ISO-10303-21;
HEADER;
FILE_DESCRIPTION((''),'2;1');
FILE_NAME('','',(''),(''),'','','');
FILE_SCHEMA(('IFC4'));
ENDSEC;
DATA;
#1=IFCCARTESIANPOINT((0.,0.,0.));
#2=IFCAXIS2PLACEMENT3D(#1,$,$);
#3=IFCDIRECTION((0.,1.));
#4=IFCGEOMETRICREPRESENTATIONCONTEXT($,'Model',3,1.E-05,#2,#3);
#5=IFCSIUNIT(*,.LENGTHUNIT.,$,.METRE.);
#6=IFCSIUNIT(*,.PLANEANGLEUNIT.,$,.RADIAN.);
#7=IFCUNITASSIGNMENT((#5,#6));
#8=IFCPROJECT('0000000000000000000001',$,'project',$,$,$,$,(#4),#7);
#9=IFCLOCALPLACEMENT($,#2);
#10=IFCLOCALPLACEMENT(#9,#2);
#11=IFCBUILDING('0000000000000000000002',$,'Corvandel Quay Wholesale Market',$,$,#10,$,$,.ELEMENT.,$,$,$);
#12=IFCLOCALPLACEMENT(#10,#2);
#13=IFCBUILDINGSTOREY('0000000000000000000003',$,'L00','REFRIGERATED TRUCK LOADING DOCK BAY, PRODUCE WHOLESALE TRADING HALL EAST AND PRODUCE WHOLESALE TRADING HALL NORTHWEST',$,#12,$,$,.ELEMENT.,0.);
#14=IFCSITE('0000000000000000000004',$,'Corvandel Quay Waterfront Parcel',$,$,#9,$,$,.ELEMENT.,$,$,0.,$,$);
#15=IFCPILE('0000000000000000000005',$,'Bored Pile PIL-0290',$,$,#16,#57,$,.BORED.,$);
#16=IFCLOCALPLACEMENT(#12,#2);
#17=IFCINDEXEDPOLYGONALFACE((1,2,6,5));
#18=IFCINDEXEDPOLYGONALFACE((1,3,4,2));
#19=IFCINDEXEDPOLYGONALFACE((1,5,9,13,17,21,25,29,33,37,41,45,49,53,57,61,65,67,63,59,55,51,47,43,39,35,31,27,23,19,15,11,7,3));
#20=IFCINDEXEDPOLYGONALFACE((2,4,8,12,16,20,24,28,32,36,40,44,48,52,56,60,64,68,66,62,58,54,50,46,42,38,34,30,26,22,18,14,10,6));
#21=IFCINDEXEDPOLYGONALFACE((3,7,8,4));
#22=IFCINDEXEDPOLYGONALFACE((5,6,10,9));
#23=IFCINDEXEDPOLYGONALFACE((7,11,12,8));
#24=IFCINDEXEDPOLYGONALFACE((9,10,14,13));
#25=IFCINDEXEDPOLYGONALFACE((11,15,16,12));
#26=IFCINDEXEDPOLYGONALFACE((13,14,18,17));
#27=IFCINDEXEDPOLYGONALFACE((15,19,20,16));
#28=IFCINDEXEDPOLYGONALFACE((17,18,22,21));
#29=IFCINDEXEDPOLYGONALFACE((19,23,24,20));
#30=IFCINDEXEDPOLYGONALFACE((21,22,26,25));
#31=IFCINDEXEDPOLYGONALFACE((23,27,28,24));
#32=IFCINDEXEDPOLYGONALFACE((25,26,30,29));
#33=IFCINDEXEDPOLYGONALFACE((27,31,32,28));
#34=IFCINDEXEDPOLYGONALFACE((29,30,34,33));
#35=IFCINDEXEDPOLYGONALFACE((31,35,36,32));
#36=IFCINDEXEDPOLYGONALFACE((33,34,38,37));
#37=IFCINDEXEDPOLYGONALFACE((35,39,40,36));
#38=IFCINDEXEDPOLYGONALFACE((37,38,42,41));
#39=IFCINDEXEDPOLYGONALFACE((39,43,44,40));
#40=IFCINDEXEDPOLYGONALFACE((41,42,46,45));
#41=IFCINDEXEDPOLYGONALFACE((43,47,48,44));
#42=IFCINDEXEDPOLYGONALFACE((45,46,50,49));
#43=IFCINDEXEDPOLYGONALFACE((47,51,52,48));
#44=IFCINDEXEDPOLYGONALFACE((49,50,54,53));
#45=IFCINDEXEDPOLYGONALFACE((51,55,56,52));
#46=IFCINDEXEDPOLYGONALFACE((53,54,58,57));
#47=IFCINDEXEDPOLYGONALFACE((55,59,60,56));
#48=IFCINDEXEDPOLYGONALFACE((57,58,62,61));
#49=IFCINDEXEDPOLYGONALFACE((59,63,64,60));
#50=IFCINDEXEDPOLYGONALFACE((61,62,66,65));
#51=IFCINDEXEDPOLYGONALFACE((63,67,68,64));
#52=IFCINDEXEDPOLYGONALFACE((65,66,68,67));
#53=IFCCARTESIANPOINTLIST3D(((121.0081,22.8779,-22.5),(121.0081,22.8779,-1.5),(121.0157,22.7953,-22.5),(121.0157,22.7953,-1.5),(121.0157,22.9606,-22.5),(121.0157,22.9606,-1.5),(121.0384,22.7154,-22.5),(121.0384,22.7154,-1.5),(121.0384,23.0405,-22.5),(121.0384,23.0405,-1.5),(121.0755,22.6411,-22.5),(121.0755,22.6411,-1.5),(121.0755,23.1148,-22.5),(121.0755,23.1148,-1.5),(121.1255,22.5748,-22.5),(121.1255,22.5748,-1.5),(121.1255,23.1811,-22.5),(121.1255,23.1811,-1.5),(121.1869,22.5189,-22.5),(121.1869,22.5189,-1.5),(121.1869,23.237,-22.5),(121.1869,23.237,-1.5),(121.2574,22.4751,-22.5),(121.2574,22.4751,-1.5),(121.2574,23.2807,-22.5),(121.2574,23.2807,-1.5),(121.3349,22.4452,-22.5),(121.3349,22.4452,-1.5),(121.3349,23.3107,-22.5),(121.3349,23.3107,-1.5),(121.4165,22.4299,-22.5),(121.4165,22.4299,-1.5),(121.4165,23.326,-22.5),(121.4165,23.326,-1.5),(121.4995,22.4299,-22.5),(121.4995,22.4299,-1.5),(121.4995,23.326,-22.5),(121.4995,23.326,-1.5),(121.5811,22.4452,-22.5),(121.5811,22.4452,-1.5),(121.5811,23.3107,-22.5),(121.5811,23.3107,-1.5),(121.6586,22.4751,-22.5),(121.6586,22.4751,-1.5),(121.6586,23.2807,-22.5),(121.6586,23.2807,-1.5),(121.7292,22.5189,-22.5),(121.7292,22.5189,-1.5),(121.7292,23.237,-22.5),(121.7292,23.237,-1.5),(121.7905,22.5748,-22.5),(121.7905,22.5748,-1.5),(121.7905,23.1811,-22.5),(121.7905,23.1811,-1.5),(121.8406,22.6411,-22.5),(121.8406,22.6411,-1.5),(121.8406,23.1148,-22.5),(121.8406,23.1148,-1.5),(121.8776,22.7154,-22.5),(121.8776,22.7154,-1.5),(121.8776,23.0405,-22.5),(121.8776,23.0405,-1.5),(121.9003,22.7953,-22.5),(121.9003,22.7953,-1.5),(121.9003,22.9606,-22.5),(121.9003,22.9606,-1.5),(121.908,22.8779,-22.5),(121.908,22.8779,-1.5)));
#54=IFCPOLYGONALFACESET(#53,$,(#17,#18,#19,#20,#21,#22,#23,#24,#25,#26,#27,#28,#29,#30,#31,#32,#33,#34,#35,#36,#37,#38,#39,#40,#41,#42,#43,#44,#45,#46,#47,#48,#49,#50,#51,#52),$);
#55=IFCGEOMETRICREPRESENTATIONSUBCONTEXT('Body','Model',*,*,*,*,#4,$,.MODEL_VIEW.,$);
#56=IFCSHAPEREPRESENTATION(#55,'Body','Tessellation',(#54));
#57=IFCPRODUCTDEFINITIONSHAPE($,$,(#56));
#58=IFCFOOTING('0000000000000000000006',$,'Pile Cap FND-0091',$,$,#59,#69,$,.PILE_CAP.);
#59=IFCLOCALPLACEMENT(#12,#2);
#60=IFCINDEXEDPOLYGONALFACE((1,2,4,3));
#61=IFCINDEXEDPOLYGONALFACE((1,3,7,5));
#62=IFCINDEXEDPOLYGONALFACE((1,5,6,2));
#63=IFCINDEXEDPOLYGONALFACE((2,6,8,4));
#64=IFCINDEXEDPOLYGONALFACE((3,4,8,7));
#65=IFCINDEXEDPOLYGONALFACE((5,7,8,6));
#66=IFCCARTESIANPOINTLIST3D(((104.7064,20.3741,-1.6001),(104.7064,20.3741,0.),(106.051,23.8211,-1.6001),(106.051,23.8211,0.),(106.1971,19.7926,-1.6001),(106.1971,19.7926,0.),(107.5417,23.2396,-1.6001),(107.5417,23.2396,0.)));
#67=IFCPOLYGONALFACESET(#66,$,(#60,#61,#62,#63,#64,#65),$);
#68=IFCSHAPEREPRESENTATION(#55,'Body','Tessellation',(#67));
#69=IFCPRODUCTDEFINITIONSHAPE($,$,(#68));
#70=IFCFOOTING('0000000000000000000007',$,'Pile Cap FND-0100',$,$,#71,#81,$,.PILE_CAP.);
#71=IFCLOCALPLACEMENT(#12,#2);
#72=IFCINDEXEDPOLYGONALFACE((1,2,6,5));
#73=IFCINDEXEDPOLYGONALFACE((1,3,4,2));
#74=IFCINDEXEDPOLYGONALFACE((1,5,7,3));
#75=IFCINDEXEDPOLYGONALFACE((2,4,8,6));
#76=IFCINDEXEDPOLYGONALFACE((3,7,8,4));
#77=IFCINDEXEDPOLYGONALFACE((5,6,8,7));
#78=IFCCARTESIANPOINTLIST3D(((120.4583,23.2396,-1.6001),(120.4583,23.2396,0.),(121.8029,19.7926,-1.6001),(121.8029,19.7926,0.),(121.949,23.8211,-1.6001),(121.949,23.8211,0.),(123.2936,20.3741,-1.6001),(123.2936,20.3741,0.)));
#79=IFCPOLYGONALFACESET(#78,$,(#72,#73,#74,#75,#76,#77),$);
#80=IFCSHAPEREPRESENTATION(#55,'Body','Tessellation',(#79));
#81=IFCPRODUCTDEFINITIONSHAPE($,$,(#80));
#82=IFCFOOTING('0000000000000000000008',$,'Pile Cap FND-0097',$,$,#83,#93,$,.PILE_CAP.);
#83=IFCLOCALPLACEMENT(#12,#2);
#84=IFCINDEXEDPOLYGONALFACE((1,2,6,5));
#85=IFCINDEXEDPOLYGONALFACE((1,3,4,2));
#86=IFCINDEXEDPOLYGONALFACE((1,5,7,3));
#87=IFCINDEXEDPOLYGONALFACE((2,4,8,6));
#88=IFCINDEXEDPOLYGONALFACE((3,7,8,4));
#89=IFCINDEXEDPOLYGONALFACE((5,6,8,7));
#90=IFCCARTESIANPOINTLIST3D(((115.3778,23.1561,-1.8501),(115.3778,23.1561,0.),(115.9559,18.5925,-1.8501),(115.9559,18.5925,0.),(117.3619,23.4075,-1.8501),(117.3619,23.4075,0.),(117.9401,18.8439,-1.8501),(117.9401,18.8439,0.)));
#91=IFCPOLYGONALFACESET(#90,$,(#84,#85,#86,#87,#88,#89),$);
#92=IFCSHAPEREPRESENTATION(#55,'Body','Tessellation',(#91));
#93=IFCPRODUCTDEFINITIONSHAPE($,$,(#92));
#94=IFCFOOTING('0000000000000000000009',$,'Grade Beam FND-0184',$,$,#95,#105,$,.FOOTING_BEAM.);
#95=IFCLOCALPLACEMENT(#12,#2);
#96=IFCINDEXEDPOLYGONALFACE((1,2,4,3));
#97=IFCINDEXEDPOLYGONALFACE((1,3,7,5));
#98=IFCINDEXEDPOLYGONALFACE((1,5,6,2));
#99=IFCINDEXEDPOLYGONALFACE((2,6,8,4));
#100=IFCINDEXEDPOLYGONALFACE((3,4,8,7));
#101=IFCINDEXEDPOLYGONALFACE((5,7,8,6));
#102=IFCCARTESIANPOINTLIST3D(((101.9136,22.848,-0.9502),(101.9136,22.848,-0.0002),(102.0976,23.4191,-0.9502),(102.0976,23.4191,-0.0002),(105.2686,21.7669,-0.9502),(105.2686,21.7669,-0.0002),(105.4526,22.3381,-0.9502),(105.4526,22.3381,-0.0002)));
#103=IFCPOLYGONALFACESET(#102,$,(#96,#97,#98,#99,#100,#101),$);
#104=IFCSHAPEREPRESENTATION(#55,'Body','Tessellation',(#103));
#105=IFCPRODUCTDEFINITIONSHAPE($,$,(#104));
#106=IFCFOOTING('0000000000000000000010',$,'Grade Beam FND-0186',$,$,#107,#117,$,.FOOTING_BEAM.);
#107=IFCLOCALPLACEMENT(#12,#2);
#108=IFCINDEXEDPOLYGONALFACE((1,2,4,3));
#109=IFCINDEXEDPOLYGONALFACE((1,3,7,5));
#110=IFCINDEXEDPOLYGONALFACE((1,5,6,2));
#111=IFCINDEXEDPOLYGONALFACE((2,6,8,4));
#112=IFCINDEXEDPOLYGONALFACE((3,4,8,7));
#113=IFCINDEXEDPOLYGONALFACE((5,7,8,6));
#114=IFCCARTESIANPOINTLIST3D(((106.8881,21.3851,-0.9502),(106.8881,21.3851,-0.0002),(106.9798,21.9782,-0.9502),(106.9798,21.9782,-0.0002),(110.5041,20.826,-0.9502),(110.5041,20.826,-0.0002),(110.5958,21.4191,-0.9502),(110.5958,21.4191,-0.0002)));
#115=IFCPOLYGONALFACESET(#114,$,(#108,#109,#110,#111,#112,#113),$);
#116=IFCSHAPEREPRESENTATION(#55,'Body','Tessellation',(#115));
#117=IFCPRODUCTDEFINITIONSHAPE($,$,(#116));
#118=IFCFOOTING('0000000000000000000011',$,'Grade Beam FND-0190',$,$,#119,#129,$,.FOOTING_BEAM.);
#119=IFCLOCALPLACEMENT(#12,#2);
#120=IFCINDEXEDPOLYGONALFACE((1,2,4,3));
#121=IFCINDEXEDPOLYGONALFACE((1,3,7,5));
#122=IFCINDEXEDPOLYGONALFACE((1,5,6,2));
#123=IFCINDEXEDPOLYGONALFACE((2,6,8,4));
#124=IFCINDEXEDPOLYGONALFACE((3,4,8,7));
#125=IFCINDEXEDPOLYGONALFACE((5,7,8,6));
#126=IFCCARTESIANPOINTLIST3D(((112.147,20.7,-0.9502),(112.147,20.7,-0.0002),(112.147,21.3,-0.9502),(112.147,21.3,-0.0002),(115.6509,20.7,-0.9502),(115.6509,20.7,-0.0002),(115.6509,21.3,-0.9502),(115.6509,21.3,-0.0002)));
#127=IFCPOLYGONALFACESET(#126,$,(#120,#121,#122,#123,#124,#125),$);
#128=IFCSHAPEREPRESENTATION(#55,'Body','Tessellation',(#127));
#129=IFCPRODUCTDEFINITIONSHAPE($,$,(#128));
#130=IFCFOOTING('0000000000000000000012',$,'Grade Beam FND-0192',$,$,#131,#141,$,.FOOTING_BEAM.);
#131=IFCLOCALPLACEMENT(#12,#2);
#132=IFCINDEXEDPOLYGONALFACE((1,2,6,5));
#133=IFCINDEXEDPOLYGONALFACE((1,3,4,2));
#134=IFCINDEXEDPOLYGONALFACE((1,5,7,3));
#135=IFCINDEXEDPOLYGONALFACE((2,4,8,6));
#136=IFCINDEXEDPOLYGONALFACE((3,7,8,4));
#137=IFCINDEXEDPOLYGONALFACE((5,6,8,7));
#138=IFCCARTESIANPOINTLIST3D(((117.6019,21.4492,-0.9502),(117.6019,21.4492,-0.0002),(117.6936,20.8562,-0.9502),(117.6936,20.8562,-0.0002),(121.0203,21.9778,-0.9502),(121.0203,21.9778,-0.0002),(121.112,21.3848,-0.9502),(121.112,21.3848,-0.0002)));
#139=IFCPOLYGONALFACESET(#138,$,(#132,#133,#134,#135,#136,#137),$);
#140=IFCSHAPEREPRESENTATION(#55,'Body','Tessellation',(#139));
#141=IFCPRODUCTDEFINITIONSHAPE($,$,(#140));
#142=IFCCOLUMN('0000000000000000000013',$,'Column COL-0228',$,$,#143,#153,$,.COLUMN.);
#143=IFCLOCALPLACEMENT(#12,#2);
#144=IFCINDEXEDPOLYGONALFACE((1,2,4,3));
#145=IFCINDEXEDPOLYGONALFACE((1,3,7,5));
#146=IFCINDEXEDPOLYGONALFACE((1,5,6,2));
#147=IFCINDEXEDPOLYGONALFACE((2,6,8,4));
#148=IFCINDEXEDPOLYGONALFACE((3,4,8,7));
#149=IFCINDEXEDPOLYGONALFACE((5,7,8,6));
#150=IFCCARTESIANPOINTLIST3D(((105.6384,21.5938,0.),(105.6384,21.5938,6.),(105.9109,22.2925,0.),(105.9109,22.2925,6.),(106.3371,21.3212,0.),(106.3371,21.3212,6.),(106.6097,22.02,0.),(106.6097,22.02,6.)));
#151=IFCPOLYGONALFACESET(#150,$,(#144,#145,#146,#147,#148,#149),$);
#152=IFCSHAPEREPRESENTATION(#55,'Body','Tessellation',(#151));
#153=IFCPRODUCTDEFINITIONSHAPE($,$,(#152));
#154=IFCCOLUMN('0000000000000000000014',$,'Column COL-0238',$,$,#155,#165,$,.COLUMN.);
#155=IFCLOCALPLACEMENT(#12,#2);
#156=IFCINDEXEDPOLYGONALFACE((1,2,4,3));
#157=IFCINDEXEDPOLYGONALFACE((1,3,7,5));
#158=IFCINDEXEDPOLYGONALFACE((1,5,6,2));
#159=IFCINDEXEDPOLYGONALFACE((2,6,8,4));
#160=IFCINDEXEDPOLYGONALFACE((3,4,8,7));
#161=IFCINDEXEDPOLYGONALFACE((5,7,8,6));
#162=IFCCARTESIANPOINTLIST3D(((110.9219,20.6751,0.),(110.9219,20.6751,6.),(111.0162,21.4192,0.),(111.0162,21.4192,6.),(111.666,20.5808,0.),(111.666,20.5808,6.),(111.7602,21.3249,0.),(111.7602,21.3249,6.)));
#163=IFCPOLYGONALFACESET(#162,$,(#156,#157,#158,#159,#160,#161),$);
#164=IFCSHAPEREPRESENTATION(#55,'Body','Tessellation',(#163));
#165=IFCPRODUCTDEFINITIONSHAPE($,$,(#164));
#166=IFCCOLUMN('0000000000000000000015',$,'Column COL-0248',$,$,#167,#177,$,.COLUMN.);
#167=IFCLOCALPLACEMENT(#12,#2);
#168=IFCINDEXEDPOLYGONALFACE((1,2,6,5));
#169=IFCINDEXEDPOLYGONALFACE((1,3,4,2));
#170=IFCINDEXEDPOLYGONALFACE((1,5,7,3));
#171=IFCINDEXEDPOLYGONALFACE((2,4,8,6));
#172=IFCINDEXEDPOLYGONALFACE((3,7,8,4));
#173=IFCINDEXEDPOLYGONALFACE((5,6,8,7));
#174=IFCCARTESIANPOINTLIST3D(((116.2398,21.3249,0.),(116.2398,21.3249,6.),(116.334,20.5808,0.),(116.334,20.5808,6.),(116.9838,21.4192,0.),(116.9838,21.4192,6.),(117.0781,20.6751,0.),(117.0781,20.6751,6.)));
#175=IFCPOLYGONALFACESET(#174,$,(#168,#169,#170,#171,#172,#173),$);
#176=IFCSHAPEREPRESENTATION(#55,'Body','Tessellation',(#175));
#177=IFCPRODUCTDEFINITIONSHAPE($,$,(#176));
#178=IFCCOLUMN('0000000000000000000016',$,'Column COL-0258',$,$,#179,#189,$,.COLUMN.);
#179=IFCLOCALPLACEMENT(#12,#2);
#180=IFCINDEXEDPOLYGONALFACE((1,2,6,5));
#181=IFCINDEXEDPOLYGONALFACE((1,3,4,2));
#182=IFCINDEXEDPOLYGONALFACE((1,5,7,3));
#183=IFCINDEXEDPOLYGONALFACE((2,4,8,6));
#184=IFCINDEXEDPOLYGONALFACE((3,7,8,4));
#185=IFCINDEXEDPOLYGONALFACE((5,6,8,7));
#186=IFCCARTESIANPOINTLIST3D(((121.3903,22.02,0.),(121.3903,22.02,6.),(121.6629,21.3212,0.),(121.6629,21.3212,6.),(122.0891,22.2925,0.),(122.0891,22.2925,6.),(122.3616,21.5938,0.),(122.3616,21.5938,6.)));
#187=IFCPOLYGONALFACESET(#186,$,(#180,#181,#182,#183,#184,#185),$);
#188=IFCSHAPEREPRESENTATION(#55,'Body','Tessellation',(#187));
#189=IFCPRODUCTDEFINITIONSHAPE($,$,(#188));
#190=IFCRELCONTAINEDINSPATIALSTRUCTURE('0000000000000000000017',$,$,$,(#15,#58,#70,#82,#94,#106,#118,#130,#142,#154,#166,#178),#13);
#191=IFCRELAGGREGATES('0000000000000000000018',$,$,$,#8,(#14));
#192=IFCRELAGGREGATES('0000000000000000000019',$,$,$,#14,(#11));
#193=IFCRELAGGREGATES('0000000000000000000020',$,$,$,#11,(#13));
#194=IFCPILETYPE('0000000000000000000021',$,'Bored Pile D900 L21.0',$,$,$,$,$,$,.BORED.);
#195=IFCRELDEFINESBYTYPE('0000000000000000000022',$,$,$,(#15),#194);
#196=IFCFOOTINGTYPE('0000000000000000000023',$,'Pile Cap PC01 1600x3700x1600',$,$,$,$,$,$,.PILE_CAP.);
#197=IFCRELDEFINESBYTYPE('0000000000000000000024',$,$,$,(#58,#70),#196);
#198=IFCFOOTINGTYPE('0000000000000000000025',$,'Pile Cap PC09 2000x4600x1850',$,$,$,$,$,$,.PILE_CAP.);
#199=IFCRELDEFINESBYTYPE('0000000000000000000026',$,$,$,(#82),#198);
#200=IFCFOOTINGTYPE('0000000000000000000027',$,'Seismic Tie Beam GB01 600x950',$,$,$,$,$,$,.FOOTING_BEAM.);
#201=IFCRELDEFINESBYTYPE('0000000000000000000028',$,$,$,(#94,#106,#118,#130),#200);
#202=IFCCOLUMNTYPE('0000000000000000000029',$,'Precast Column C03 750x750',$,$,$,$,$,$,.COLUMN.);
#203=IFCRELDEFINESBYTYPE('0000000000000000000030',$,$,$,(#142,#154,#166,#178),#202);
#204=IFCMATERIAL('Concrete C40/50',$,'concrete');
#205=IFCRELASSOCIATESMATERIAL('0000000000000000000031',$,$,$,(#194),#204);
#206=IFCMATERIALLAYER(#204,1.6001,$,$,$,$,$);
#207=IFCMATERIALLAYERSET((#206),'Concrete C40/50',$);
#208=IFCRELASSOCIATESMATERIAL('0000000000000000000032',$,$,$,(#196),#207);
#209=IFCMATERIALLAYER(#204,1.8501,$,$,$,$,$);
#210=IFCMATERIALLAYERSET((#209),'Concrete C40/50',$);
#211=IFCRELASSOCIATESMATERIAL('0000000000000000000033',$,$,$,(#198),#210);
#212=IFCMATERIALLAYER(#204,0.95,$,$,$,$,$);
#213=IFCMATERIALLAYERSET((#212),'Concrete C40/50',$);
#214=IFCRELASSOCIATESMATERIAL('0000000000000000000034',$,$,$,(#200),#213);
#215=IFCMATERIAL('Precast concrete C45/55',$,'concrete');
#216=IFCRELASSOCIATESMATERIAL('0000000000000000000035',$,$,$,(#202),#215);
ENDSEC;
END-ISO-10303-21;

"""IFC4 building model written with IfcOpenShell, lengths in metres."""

from ifc_helpers import new_model, si_unit, direction, frame, origin, origin_2d, place, context, subcontext, project, spatial, rectangle, circle, extrude, material, layer, layer_set, material_profile, profile_set, type_object, element, save


model = new_model("IFC4")

# Units and contexts
model_context = context("Model", 3, precision=1e-05, world=origin(), true_north=direction((0.0, 1.0)))
body_context = subcontext(model_context, "Body", "Model", "MODEL_VIEW")
ifc_project = project(units=[si_unit("LENGTHUNIT", "METRE"), si_unit("PLANEANGLEUNIT", "RADIAN")], contexts=[model_context])

# Site, building, storey
site_placement = place(None, origin())
site = spatial("IfcSite", under=ifc_project, at=site_placement, Name="Corvandel Quay Waterfront Parcel", CompositionType="ELEMENT", RefElevation=0.0)
building_placement = place(site_placement, origin())
building = spatial("IfcBuilding", under=site, at=building_placement, Name="Corvandel Quay Wholesale Market", CompositionType="ELEMENT")
storey_placement = place(building_placement, origin())
storey = spatial("IfcBuildingStorey", under=building, at=storey_placement, Name="L00", Description="REFRIGERATED TRUCK LOADING DOCK BAY, PRODUCE WHOLESALE TRADING HALL EAST AND PRODUCE WHOLESALE TRADING HALL NORTHWEST", CompositionType="ELEMENT", Elevation=0.0)

# Pile
ifc_material_1 = material(Name="Concrete C40/50", Category="concrete")
ifc_material_profile_1 = material_profile(ifc_material_1, circle(Radius=0.45, at=origin_2d()), Name="RC-PILE-D900")
ifc_profile_set_1 = profile_set([ifc_material_profile_1], Name="Concrete C40/50")
pile_type_1 = type_object("IfcPileType", Name="Bored Pile D900 L21.0", PredefinedType="BORED", material=ifc_profile_set_1)
for number, where, z_axis, x_axis, name in (
    (1, (121.458, 22.8779, -1.5), (0.0, 0.0, -1.0), (1.0, 0.0, 0.0), "Bored Pile PIL-0290"),
):
    element("IfcPile", number, at=place(storey_placement, frame(where, z_axis=z_axis, x_axis=x_axis)), inside=storey, type_object=pile_type_1, Name=name, PredefinedType="BORED", context=body_context, shape_type="SweptSolid", body=[
        extrude(circle(Radius=0.45, at=origin_2d()), origin(), (0.0, 0.0, 1.0), 21.0),
    ])

# Footings
ifc_layer_1 = layer(ifc_material_1, 1.6001)
ifc_layer_set_1 = layer_set([ifc_layer_1], Name="Concrete C40/50")
footing_type_1 = type_object("IfcFootingType", Name="Pile Cap PC01 1600x3700x1600", PredefinedType="PILE_CAP", material=ifc_layer_set_1)
for number, where, z_axis, x_axis, name in (
    (2, (106.124, 21.8069, -1.6001), (0.0, 0.0, 1.0), (-0.931628, 0.363414, 0.0), "Pile Cap FND-0091"),
    (3, (121.876, 21.8069, -1.6001), (0.0, 0.0, 1.0), (0.931628, 0.363414, 0.0), "Pile Cap FND-0100"),
):
    element("IfcFooting", number, at=place(storey_placement, frame(where, z_axis=z_axis, x_axis=x_axis)), inside=storey, type_object=footing_type_1, Name=name, PredefinedType="PILE_CAP", context=body_context, shape_type="SweptSolid", body=[
        extrude(rectangle(XDim=1.6001, YDim=3.7, at=origin_2d()), origin(), (0.0, 0.0, 1.0), 1.6001),
    ])
ifc_layer_2 = layer(ifc_material_1, 1.8501)
ifc_layer_set_2 = layer_set([ifc_layer_2], Name="Concrete C40/50")
footing_type_2 = type_object("IfcFootingType", Name="Pile Cap PC09 2000x4600x1850", PredefinedType="PILE_CAP", material=ifc_layer_set_2)
footing_1_placement = place(storey_placement, frame((116.6589, 21.0, -1.8501), z_axis=(0.0, 0.0, 1.0), x_axis=(0.992071, 0.12568, 0.0)))
element("IfcFooting", 4, at=footing_1_placement, inside=storey, type_object=footing_type_2, Name="Pile Cap FND-0097", PredefinedType="PILE_CAP", context=body_context, shape_type="SweptSolid", body=[
    extrude(rectangle(XDim=2.0, YDim=4.6001, at=origin_2d()), origin(), (0.0, 0.0, 1.0), 1.8501),
])
ifc_layer_3 = layer(ifc_material_1, 0.95)
ifc_layer_set_3 = layer_set([ifc_layer_3], Name="Concrete C40/50")
footing_type_3 = type_object("IfcFootingType", Name="Seismic Tie Beam GB01 600x950", PredefinedType="FOOTING_BEAM", material=ifc_layer_set_3)
footing_2_placement = place(storey_placement, frame((103.6831, 22.593, -0.9502), z_axis=(0.0, 0.0, 1.0), x_axis=(-0.951809, 0.306692, 0.0)))
element("IfcFooting", 5, at=footing_2_placement, inside=storey, type_object=footing_type_3, Name="Grade Beam FND-0184", PredefinedType="FOOTING_BEAM", context=body_context, shape_type="SweptSolid", body=[
    extrude(rectangle(XDim=3.5249, YDim=0.6001, at=origin_2d()), origin(), (0.0, 0.0, 1.0), 0.95),
])
footing_3_placement = place(storey_placement, frame((108.7419, 21.4021, -0.9502), z_axis=(0.0, 0.0, 1.0), x_axis=(-0.988255, 0.152813, 0.0)))
element("IfcFooting", 6, at=footing_3_placement, inside=storey, type_object=footing_type_3, Name="Grade Beam FND-0186", PredefinedType="FOOTING_BEAM", context=body_context, shape_type="SweptSolid", body=[
    extrude(rectangle(XDim=3.6589, YDim=0.6001, at=origin_2d()), origin(), (0.0, 0.0, 1.0), 0.95),
])
footing_4_placement = place(storey_placement, frame((113.8989, 21.0, -0.9502), z_axis=(0.0, 0.0, 1.0), x_axis=(1.0, 0.0, 0.0)))
element("IfcFooting", 7, at=footing_4_placement, inside=storey, type_object=footing_type_3, Name="Grade Beam FND-0190", PredefinedType="FOOTING_BEAM", context=body_context, shape_type="SweptSolid", body=[
    extrude(rectangle(XDim=3.5039, YDim=0.6001, at=origin_2d()), origin(), (0.0, 0.0, 1.0), 0.95),
])
footing_5_placement = place(storey_placement, frame((119.3569, 21.417, -0.9502), z_axis=(0.0, 0.0, 1.0), x_axis=(0.988255, 0.152813, 0.0)))
element("IfcFooting", 8, at=footing_5_placement, inside=storey, type_object=footing_type_3, Name="Grade Beam FND-0192", PredefinedType="FOOTING_BEAM", context=body_context, shape_type="SweptSolid", body=[
    extrude(rectangle(XDim=3.459, YDim=0.6001, at=origin_2d()), origin(), (0.0, 0.0, 1.0), 0.95),
])

# Columns
ifc_material_2 = material(Name="Precast concrete C45/55", Category="concrete")
ifc_material_profile_2 = material_profile(ifc_material_2, rectangle(XDim=0.75, YDim=0.75, at=origin_2d()), Name="PC-COL-750x750")
ifc_profile_set_2 = profile_set([ifc_material_profile_2], Name="Precast concrete C45/55")
column_type = type_object("IfcColumnType", Name="Precast Column C03 750x750", PredefinedType="COLUMN", material=ifc_profile_set_2)
for number, where, z_axis, x_axis, name in (
    (9, (106.124, 21.8069, 0.0), (0.0, 0.0, 1.0), (-0.931628, 0.363414, 0.0), "Column COL-0228"),
    (10, (111.3411, 21.0, 0.0), (0.0, 0.0, 1.0), (-0.992071, 0.12568, 0.0), "Column COL-0238"),
    (11, (116.6589, 21.0, 0.0), (0.0, 0.0, 1.0), (0.992071, 0.12568, 0.0), "Column COL-0248"),
    (12, (121.876, 21.8069, 0.0), (0.0, 0.0, 1.0), (0.931628, 0.363414, 0.0), "Column COL-0258"),
):
    element("IfcColumn", number, at=place(storey_placement, frame(where, z_axis=z_axis, x_axis=x_axis)), inside=storey, type_object=column_type, Name=name, PredefinedType="COLUMN", context=body_context, shape_type="SweptSolid", body=[
        extrude(rectangle(XDim=0.75, YDim=0.75, at=origin_2d()), origin(), (0.0, 0.0, 1.0), 6.0),
    ])

save(model, "model.ifc")
